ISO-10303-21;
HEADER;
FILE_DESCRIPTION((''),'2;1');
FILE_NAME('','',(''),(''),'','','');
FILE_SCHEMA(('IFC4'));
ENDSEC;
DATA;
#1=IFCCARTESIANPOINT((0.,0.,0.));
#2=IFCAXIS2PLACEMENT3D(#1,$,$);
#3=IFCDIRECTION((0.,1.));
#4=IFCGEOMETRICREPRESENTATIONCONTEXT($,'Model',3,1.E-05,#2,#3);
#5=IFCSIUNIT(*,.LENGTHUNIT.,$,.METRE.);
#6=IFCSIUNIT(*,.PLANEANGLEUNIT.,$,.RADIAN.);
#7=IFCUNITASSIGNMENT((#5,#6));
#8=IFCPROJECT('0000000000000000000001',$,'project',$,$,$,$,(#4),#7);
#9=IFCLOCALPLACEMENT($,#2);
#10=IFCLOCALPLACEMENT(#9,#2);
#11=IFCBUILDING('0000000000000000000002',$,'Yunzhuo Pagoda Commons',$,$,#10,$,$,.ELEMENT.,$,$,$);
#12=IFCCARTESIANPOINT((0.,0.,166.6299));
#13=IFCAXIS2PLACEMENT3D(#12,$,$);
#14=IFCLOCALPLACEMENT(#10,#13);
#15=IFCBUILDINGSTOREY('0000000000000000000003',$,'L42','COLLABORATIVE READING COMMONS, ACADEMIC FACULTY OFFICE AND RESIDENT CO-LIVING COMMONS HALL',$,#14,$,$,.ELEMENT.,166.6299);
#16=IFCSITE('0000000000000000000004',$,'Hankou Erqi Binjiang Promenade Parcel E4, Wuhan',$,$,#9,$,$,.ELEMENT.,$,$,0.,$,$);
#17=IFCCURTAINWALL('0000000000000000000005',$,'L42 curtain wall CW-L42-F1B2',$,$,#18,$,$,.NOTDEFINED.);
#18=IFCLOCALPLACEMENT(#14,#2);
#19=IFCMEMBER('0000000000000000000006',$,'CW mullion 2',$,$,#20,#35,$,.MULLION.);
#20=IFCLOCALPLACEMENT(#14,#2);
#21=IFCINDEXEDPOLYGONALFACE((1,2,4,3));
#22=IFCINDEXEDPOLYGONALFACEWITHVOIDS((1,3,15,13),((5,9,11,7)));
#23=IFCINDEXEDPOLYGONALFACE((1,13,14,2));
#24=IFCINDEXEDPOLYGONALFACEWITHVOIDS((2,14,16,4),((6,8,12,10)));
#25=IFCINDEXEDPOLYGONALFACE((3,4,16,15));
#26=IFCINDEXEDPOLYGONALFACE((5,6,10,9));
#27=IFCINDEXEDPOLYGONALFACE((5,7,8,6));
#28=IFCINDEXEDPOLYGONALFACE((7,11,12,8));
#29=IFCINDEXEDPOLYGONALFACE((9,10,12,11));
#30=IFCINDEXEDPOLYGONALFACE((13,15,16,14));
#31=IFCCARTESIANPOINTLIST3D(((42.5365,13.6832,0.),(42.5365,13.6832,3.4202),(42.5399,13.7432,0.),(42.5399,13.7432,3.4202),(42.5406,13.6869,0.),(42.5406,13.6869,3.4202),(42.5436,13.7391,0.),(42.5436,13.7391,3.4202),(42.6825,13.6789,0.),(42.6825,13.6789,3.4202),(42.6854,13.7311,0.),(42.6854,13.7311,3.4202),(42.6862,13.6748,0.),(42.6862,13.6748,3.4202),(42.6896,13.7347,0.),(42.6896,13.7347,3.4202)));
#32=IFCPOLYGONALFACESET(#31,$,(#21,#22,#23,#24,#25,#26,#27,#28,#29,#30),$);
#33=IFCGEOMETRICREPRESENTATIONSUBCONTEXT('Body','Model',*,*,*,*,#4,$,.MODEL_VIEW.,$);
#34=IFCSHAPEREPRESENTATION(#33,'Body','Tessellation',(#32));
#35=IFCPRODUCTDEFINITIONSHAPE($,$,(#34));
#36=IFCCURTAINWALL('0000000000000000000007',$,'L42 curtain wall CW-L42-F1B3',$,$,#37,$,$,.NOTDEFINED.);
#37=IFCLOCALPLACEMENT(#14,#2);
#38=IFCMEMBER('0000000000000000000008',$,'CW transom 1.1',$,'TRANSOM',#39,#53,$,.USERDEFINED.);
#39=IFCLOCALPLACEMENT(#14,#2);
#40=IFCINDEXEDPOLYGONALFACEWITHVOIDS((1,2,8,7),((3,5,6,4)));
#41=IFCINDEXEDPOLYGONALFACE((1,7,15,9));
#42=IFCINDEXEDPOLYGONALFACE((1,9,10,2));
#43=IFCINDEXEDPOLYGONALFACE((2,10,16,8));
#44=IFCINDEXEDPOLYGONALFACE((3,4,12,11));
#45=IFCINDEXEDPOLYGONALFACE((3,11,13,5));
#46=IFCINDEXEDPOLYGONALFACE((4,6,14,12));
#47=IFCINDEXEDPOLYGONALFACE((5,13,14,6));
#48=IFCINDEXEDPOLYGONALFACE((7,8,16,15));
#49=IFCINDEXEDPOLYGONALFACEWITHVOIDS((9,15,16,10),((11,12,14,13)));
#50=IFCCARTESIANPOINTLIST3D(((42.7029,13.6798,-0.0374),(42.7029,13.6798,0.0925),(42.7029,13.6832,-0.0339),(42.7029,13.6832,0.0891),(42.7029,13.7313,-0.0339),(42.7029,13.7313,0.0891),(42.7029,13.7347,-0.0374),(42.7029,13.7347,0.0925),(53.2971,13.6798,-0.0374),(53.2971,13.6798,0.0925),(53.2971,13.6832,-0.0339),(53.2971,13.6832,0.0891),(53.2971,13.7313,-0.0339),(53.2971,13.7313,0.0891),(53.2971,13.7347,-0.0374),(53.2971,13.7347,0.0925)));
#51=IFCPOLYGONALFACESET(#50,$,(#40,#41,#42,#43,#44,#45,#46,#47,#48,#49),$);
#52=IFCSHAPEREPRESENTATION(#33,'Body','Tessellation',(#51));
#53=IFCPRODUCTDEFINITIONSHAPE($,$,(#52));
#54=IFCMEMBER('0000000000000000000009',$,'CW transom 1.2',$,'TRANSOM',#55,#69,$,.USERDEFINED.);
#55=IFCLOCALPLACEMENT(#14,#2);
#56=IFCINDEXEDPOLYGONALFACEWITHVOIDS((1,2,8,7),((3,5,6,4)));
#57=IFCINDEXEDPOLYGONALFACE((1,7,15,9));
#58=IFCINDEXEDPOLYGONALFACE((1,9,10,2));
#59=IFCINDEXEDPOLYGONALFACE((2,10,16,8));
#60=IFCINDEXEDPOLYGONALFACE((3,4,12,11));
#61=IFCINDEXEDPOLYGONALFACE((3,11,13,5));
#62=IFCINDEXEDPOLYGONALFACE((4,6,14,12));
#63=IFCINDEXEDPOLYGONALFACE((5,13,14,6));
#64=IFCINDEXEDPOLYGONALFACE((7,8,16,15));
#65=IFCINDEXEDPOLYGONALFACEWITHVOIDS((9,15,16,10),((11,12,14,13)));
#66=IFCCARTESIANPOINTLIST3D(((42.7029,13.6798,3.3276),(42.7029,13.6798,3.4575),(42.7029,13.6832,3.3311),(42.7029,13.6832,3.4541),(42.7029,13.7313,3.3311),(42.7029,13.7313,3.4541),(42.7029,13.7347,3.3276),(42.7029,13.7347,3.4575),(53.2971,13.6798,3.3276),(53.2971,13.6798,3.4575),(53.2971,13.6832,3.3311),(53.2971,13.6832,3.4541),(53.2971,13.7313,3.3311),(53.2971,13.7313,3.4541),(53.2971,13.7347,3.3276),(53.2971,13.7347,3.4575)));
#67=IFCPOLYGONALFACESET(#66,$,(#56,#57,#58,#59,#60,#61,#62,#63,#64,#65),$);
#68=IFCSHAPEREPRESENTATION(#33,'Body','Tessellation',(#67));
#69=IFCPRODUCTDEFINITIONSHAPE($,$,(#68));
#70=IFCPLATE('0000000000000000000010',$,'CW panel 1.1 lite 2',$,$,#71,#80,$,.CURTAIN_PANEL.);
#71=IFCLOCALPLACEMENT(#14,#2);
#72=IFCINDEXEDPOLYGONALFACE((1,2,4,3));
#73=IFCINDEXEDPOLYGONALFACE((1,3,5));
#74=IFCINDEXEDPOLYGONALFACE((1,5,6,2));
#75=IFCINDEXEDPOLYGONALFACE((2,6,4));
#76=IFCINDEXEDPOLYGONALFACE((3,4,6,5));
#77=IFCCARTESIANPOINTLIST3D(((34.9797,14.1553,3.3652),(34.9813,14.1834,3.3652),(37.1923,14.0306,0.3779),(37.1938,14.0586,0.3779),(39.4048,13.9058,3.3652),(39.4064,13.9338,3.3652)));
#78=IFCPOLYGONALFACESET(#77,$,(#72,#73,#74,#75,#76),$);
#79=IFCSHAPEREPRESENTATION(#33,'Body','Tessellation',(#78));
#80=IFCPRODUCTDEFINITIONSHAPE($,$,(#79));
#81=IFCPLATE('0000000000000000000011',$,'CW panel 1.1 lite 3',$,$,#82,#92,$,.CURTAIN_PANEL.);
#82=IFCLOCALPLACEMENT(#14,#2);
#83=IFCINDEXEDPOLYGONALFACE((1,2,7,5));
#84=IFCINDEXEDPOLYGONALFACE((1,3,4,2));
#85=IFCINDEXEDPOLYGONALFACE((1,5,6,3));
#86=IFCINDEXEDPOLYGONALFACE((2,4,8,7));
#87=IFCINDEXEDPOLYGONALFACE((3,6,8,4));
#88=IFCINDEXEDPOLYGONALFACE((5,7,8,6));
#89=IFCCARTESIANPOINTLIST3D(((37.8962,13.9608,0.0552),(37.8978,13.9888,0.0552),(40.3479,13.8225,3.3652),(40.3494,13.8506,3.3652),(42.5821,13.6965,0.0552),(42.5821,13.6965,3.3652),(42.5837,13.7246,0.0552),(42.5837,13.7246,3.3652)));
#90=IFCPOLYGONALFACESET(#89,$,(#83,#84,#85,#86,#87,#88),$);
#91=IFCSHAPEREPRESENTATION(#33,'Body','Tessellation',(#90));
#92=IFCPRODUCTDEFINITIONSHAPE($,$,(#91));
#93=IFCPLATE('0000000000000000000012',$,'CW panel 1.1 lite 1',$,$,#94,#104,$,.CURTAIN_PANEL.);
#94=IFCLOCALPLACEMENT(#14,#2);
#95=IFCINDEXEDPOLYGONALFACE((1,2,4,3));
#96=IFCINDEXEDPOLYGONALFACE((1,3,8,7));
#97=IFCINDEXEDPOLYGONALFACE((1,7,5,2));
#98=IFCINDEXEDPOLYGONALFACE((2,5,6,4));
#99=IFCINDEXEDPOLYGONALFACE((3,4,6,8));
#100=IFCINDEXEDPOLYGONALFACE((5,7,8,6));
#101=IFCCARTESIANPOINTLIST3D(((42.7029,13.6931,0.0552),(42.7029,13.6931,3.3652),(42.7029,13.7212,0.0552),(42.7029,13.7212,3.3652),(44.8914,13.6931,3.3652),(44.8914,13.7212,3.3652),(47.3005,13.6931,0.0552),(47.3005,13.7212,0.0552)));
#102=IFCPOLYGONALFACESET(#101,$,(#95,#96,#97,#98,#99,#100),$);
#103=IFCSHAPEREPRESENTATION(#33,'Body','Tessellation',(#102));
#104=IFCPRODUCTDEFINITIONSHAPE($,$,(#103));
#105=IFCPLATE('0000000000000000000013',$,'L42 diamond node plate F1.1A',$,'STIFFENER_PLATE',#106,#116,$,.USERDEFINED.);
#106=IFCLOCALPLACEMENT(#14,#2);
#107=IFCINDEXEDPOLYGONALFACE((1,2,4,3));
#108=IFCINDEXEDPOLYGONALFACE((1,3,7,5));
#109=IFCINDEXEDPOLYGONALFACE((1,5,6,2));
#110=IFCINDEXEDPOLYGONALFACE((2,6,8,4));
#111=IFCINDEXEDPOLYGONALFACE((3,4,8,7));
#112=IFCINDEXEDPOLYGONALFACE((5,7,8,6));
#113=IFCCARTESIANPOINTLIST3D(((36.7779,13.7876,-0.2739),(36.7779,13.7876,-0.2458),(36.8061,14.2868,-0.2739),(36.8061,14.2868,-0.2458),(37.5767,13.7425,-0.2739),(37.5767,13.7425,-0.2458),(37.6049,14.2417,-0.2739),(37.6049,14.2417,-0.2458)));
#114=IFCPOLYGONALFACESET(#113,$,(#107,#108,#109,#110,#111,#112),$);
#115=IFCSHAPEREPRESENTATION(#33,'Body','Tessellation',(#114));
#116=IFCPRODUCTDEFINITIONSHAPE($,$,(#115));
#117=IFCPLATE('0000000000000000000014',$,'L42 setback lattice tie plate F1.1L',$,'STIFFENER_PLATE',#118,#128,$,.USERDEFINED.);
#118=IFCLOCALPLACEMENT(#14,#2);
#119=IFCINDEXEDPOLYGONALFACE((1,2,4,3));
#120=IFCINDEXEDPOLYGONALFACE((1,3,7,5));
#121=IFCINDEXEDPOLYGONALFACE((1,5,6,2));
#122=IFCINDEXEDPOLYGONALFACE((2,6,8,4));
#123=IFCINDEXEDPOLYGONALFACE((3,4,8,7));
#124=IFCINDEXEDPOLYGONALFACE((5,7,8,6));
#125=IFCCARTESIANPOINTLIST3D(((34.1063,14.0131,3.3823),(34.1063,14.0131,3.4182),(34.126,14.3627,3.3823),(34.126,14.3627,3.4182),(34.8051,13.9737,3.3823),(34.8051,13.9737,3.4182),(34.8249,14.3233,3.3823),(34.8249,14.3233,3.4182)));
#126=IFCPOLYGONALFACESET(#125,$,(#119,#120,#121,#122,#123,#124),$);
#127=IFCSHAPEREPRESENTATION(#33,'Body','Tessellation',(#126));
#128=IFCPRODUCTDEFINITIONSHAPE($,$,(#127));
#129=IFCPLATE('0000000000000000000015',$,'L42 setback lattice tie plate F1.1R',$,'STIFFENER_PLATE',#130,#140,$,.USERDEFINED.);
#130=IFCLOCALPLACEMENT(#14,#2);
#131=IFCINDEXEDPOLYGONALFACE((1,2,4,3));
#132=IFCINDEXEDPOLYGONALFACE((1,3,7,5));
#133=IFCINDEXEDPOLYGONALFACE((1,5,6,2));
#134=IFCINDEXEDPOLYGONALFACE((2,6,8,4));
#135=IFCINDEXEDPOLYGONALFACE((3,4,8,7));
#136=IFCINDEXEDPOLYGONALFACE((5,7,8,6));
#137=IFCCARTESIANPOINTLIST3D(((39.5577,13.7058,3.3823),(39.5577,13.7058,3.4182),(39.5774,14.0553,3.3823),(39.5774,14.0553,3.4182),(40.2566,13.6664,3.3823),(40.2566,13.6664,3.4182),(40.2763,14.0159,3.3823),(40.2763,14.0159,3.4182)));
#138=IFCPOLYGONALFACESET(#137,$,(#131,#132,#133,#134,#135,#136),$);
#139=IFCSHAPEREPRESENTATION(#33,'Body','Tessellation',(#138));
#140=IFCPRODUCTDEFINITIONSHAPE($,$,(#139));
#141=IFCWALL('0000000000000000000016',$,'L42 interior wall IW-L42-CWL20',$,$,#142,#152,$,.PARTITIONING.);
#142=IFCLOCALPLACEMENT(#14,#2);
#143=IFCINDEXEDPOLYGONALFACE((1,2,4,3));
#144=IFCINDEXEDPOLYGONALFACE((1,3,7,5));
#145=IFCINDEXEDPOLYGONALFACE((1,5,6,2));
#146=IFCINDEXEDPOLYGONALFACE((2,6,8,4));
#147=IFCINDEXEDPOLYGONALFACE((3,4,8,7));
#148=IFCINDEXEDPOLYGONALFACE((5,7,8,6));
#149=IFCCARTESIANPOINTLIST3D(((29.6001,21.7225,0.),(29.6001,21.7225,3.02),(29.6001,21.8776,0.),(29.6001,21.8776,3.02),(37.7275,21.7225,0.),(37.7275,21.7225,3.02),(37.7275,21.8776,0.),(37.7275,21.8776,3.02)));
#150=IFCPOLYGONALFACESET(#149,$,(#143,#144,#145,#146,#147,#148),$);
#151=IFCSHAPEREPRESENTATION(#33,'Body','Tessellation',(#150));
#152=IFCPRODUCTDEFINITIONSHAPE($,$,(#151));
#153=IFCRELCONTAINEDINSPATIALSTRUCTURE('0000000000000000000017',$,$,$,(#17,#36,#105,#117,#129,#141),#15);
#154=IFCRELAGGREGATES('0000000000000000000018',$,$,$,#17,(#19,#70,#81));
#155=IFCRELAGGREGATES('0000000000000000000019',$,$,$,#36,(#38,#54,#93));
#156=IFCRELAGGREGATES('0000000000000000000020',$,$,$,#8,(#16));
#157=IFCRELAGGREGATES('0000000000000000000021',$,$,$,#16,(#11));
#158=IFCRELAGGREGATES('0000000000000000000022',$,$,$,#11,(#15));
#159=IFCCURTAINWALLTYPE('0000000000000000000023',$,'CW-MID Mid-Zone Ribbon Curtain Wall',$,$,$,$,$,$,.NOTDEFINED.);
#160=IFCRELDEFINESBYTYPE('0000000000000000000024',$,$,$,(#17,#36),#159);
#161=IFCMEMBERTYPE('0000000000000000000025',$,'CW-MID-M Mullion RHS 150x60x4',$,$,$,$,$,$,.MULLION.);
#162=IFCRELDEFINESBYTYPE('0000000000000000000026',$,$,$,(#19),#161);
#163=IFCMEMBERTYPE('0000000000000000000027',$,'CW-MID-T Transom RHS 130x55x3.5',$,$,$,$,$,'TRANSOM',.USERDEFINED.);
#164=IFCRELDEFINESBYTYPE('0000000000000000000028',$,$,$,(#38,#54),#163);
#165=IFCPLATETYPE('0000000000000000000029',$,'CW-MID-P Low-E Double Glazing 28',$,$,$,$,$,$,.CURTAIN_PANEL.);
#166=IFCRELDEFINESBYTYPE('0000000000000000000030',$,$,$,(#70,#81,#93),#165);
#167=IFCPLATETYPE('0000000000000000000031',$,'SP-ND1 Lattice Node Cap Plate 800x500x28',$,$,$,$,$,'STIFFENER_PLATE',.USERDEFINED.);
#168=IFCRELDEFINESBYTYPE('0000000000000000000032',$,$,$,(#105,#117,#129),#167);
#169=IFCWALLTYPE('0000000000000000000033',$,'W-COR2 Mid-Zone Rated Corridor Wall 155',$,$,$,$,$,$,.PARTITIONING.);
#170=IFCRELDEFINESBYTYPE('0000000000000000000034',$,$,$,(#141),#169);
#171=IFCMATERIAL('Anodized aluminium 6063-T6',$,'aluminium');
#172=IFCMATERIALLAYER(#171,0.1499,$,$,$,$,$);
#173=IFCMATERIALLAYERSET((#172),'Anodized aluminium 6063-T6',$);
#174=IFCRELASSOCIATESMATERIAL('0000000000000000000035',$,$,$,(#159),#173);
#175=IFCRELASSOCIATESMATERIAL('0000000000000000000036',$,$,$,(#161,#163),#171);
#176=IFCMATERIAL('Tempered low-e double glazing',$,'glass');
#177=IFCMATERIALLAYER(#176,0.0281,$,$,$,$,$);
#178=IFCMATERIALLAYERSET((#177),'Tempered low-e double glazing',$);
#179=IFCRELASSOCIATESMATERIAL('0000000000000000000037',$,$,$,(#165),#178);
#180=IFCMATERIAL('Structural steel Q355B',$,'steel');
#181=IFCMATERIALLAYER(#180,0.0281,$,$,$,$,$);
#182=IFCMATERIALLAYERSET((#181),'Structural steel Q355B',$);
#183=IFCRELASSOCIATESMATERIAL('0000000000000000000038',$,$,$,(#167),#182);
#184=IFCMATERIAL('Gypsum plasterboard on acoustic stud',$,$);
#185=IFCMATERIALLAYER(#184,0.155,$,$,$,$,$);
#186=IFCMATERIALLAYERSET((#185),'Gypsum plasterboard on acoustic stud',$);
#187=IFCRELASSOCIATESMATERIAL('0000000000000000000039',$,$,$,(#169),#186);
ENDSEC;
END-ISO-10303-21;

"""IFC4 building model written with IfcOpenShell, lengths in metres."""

from ifc_helpers import new_model, si_unit, direction, frame, frame_2d, origin, origin_2d, place, context, subcontext, project, spatial, polyline, rectangle, hollow_rectangle, outline, extrude, source, transform, mapped, material, layer, layer_set, material_profile, profile_set, type_object, element, aggregate, save


model = new_model("IFC4")

# Units and contexts
model_context = context("Model", 3, precision=1e-05, world=origin(), true_north=direction((0.0, 1.0)))
body_context = subcontext(model_context, "Body", "Model", "MODEL_VIEW")
ifc_project = project(units=[si_unit("LENGTHUNIT", "METRE"), si_unit("PLANEANGLEUNIT", "RADIAN")], contexts=[model_context])

# Site, building, storey
site_placement = place(None, origin())
site = spatial("IfcSite", under=ifc_project, at=site_placement, Name="Hankou Erqi Binjiang Promenade Parcel E4, Wuhan", CompositionType="ELEMENT", RefElevation=0.0)
building_placement = place(site_placement, origin())
building = spatial("IfcBuilding", under=site, at=building_placement, Name="Yunzhuo Pagoda Commons", CompositionType="ELEMENT")
storey_placement = place(building_placement, frame((0.0, 0.0, 166.6299)))
storey = spatial("IfcBuildingStorey", under=building, at=storey_placement, Name="L42", Description="COLLABORATIVE READING COMMONS, ACADEMIC FACULTY OFFICE AND RESIDENT CO-LIVING COMMONS HALL", CompositionType="ELEMENT", Elevation=166.6299)

# Shared definitions
ifc_material_1 = material(Name="Structural steel Q355B", Category="steel")

# Curtain wall, member
ifc_material_2 = material(Name="Anodized aluminium 6063-T6", Category="aluminium")
ifc_layer_1 = layer(ifc_material_2, 0.1499)
ifc_layer_set_1 = layer_set([ifc_layer_1], Name="Anodized aluminium 6063-T6")
curtain_wall_type = type_object("IfcCurtainWallType", Name="CW-MID Mid-Zone Ribbon Curtain Wall", PredefinedType="NOTDEFINED", material=ifc_layer_set_1)
curtain_wall_1_placement = place(storey_placement, origin())
curtain_wall_1 = element("IfcCurtainWall", 1, at=curtain_wall_1_placement, inside=storey, type_object=curtain_wall_type, Name="L42 curtain wall CW-L42-F1B2", PredefinedType="NOTDEFINED")
ifc_material_profile_1 = material_profile(ifc_material_2, hollow_rectangle(XDim=0.0601, YDim=0.1499, WallThickness=0.0039, at=origin_2d()), Name="Anodized aluminium 6063-T6")
ifc_profile_set_1 = profile_set([ifc_material_profile_1], Name="Anodized aluminium 6063-T6")
member_type_1 = type_object("IfcMemberType", Name="CW-MID-M Mullion RHS 150x60x4", PredefinedType="MULLION", material=ifc_profile_set_1)
shared_shape_1 = source(origin(), body_context, "Body", "SweptSolid", [
    extrude(hollow_rectangle(XDim=0.0601, YDim=0.1499, WallThickness=0.0039, at=origin_2d()), origin(), (0.0, 0.0, 1.0), 3.4202),
])
member_1_placement = place(storey_placement, frame((42.613, 13.709, 0.0), z_axis=(0.0, 0.0, 1.0), x_axis=(0.056299, 0.998414, 0.0)))
member_1 = element("IfcMember", 2, at=member_1_placement, type_object=member_type_1, Name="CW mullion 2", PredefinedType="MULLION", context=body_context, shape_type="MappedRepresentation", body=[
    mapped(shared_shape_1, transform((0.0, 0.0, 0.0), scale=1.0)),
])

# Curtain wall, members
curtain_wall_2_placement = place(storey_placement, origin())
curtain_wall_2 = element("IfcCurtainWall", 3, at=curtain_wall_2_placement, inside=storey, type_object=curtain_wall_type, Name="L42 curtain wall CW-L42-F1B3", PredefinedType="NOTDEFINED")
ifc_material_profile_2 = material_profile(ifc_material_2, hollow_rectangle(XDim=0.0549, YDim=0.1299, WallThickness=0.0034, at=origin_2d()), Name="Anodized aluminium 6063-T6")
ifc_profile_set_2 = profile_set([ifc_material_profile_2], Name="Anodized aluminium 6063-T6")
member_type_2 = type_object("IfcMemberType", Name="CW-MID-T Transom RHS 130x55x3.5", ElementType="TRANSOM", PredefinedType="USERDEFINED", material=ifc_profile_set_2)
shared_shape_2 = source(origin(), body_context, "Body", "SweptSolid", [
    extrude(hollow_rectangle(XDim=0.0549, YDim=0.1299, WallThickness=0.0034, at=origin_2d()), origin(), (0.0, 0.0, 1.0), 10.5942),
])
member_2_placement = place(storey_placement, frame((42.7029, 13.7073, 0.0276), z_axis=(1.0, 0.0, 0.0), x_axis=(0.0, 1.0, 0.0)))
member_2 = element("IfcMember", 4, at=member_2_placement, type_object=member_type_2, Name="CW transom 1.1", ObjectType="TRANSOM", PredefinedType="USERDEFINED", context=body_context, shape_type="MappedRepresentation", body=[
    mapped(shared_shape_2, transform((0.0, 0.0, 0.0), scale=1.0)),
])
member_3_placement = place(storey_placement, frame((42.7029, 13.7073, 3.3926), z_axis=(1.0, 0.0, 0.0), x_axis=(0.0, 1.0, 0.0)))
member_3 = element("IfcMember", 5, at=member_3_placement, type_object=member_type_2, Name="CW transom 1.2", ObjectType="TRANSOM", PredefinedType="USERDEFINED", context=body_context, shape_type="MappedRepresentation", body=[
    mapped(shared_shape_2, transform((0.0, 0.0, 0.0), scale=1.0)),
])

# Plates
ifc_material_3 = material(Name="Tempered low-e double glazing", Category="glass")
ifc_layer_2 = layer(ifc_material_3, 0.0281)
ifc_layer_set_2 = layer_set([ifc_layer_2], Name="Tempered low-e double glazing")
plate_type_1 = type_object("IfcPlateType", Name="CW-MID-P Low-E Double Glazing 28", PredefinedType="CURTAIN_PANEL", material=ifc_layer_set_2)
plate_1_placement = place(storey_placement, frame((37.1938, 14.0586, 1.8716), z_axis=(-0.056299, -0.998414, 0.0), x_axis=(0.998414, -0.056299, 0.0)))
plate_1 = element("IfcPlate", 6, at=plate_1_placement, type_object=plate_type_1, Name="CW panel 1.1 lite 2", PredefinedType="CURTAIN_PANEL", context=body_context, shape_type="SweptSolid", body=[
    extrude(outline(polyline([(-2.2161, 1.4937), (0.0, -1.4937), (2.2161, 1.4937), (-2.2161, 1.4937)])), origin(), (0.0, 0.0, 1.0), 0.0281),
])
plate_2_placement = place(storey_placement, frame((40.2407, 13.8567, 1.7102), z_axis=(-0.056299, -0.998414, 0.0), x_axis=(0.998414, -0.056299, 0.0)))
plate_2 = element("IfcPlate", 7, at=plate_2_placement, type_object=plate_type_1, Name="CW panel 1.1 lite 3", PredefinedType="CURTAIN_PANEL", context=body_context, shape_type="SweptSolid", body=[
    extrude(outline(polyline([(-2.3467, -1.655), (2.3467, -1.655), (2.3467, 1.655), (0.1089, 1.655), (-2.3467, -1.655)])), origin(), (0.0, 0.0, 1.0), 0.0281),
])
aggregate(curtain_wall_1, [member_1, plate_1, plate_2])
plate_3_placement = place(storey_placement, frame((45.0017, 13.7212, 1.7102), z_axis=(0.0, -1.0, 0.0), x_axis=(1.0, 0.0, 0.0)))
plate_3 = element("IfcPlate", 8, at=plate_3_placement, type_object=plate_type_1, Name="CW panel 1.1 lite 1", PredefinedType="CURTAIN_PANEL", context=body_context, shape_type="SweptSolid", body=[
    extrude(outline(polyline([(-2.2988, -1.655), (2.2988, -1.655), (-0.1104, 1.655), (-2.2988, 1.655), (-2.2988, -1.655)])), origin(), (0.0, 0.0, 1.0), 0.0281),
])
aggregate(curtain_wall_2, [member_2, member_3, plate_3])

# Plates
ifc_layer_3 = layer(ifc_material_1, 0.0281)
ifc_layer_set_3 = layer_set([ifc_layer_3], Name="Structural steel Q355B")
plate_type_2 = type_object("IfcPlateType", Name="SP-ND1 Lattice Node Cap Plate 800x500x28", ElementType="STIFFENER_PLATE", PredefinedType="USERDEFINED", material=ifc_layer_set_3)
shared_shape_3 = source(origin(), body_context, "Body", "SweptSolid", [
    extrude(rectangle(XDim=0.8, YDim=0.5, at=origin_2d()), origin(), (0.0, 0.0, 1.0), 0.0281),
])
plate_4_placement = place(storey_placement, frame((37.1914, 14.0146, -0.2739), z_axis=(0.0, 0.0, 1.0), x_axis=(0.998414, -0.056292, 0.0)))
element("IfcPlate", 9, at=plate_4_placement, inside=storey, type_object=plate_type_2, Name="L42 diamond node plate F1.1A", ObjectType="STIFFENER_PLATE", PredefinedType="USERDEFINED", context=body_context, shape_type="MappedRepresentation", body=[
    mapped(shared_shape_3, transform((0.0, 0.0, 0.0), scale=1.0)),
])
shared_shape_4 = source(origin(), body_context, "Body", "SweptSolid", [
    extrude(rectangle(XDim=0.7, YDim=0.3501, at=origin_2d()), origin(), (0.0, 0.0, 1.0), 0.0359),
])
for number, where, z_axis, x_axis, name in (
    (10, (34.4656, 14.1682, 3.3823), (0.0, 0.0, 1.0), (0.998414, -0.056292, 0.0), "L42 setback lattice tie plate F1.1L"),
    (11, (39.917, 13.8608, 3.3823), (0.0, 0.0, 1.0), (0.998414, -0.056292, 0.0), "L42 setback lattice tie plate F1.1R"),
):
    element("IfcPlate", number, at=place(storey_placement, frame(where, z_axis=z_axis, x_axis=x_axis)), inside=storey, type_object=plate_type_2, Name=name, ObjectType="STIFFENER_PLATE", PredefinedType="USERDEFINED", context=body_context, shape_type="MappedRepresentation", body=[
        mapped(shared_shape_4, transform((0.0, 0.0, 0.0), scale=1.0)),
    ])

# Wall
ifc_material_4 = material(Name="Gypsum plasterboard on acoustic stud")
ifc_layer_4 = layer(ifc_material_4, 0.155)
ifc_layer_set_4 = layer_set([ifc_layer_4], Name="Gypsum plasterboard on acoustic stud")
wall_type_1 = type_object("IfcWallType", Name="W-COR2 Mid-Zone Rated Corridor Wall 155", PredefinedType="PARTITIONING", material=ifc_layer_set_4)
wall_1_placement = place(storey_placement, frame((37.7275, 21.8, 0.0), z_axis=(0.0, 0.0, 1.0), x_axis=(-1.0, 0.0, 0.0)))
element("IfcWall", 12, at=wall_1_placement, inside=storey, type_object=wall_type_1, Name="L42 interior wall IW-L42-CWL20", PredefinedType="PARTITIONING", context=body_context, shape_type="SweptSolid", body=[
    extrude(rectangle(XDim=8.1274, YDim=0.155, at=frame_2d((4.0637, 0.0))), origin(), (0.0, 0.0, 1.0), 3.02),
])

save(model, "model.ifc")
